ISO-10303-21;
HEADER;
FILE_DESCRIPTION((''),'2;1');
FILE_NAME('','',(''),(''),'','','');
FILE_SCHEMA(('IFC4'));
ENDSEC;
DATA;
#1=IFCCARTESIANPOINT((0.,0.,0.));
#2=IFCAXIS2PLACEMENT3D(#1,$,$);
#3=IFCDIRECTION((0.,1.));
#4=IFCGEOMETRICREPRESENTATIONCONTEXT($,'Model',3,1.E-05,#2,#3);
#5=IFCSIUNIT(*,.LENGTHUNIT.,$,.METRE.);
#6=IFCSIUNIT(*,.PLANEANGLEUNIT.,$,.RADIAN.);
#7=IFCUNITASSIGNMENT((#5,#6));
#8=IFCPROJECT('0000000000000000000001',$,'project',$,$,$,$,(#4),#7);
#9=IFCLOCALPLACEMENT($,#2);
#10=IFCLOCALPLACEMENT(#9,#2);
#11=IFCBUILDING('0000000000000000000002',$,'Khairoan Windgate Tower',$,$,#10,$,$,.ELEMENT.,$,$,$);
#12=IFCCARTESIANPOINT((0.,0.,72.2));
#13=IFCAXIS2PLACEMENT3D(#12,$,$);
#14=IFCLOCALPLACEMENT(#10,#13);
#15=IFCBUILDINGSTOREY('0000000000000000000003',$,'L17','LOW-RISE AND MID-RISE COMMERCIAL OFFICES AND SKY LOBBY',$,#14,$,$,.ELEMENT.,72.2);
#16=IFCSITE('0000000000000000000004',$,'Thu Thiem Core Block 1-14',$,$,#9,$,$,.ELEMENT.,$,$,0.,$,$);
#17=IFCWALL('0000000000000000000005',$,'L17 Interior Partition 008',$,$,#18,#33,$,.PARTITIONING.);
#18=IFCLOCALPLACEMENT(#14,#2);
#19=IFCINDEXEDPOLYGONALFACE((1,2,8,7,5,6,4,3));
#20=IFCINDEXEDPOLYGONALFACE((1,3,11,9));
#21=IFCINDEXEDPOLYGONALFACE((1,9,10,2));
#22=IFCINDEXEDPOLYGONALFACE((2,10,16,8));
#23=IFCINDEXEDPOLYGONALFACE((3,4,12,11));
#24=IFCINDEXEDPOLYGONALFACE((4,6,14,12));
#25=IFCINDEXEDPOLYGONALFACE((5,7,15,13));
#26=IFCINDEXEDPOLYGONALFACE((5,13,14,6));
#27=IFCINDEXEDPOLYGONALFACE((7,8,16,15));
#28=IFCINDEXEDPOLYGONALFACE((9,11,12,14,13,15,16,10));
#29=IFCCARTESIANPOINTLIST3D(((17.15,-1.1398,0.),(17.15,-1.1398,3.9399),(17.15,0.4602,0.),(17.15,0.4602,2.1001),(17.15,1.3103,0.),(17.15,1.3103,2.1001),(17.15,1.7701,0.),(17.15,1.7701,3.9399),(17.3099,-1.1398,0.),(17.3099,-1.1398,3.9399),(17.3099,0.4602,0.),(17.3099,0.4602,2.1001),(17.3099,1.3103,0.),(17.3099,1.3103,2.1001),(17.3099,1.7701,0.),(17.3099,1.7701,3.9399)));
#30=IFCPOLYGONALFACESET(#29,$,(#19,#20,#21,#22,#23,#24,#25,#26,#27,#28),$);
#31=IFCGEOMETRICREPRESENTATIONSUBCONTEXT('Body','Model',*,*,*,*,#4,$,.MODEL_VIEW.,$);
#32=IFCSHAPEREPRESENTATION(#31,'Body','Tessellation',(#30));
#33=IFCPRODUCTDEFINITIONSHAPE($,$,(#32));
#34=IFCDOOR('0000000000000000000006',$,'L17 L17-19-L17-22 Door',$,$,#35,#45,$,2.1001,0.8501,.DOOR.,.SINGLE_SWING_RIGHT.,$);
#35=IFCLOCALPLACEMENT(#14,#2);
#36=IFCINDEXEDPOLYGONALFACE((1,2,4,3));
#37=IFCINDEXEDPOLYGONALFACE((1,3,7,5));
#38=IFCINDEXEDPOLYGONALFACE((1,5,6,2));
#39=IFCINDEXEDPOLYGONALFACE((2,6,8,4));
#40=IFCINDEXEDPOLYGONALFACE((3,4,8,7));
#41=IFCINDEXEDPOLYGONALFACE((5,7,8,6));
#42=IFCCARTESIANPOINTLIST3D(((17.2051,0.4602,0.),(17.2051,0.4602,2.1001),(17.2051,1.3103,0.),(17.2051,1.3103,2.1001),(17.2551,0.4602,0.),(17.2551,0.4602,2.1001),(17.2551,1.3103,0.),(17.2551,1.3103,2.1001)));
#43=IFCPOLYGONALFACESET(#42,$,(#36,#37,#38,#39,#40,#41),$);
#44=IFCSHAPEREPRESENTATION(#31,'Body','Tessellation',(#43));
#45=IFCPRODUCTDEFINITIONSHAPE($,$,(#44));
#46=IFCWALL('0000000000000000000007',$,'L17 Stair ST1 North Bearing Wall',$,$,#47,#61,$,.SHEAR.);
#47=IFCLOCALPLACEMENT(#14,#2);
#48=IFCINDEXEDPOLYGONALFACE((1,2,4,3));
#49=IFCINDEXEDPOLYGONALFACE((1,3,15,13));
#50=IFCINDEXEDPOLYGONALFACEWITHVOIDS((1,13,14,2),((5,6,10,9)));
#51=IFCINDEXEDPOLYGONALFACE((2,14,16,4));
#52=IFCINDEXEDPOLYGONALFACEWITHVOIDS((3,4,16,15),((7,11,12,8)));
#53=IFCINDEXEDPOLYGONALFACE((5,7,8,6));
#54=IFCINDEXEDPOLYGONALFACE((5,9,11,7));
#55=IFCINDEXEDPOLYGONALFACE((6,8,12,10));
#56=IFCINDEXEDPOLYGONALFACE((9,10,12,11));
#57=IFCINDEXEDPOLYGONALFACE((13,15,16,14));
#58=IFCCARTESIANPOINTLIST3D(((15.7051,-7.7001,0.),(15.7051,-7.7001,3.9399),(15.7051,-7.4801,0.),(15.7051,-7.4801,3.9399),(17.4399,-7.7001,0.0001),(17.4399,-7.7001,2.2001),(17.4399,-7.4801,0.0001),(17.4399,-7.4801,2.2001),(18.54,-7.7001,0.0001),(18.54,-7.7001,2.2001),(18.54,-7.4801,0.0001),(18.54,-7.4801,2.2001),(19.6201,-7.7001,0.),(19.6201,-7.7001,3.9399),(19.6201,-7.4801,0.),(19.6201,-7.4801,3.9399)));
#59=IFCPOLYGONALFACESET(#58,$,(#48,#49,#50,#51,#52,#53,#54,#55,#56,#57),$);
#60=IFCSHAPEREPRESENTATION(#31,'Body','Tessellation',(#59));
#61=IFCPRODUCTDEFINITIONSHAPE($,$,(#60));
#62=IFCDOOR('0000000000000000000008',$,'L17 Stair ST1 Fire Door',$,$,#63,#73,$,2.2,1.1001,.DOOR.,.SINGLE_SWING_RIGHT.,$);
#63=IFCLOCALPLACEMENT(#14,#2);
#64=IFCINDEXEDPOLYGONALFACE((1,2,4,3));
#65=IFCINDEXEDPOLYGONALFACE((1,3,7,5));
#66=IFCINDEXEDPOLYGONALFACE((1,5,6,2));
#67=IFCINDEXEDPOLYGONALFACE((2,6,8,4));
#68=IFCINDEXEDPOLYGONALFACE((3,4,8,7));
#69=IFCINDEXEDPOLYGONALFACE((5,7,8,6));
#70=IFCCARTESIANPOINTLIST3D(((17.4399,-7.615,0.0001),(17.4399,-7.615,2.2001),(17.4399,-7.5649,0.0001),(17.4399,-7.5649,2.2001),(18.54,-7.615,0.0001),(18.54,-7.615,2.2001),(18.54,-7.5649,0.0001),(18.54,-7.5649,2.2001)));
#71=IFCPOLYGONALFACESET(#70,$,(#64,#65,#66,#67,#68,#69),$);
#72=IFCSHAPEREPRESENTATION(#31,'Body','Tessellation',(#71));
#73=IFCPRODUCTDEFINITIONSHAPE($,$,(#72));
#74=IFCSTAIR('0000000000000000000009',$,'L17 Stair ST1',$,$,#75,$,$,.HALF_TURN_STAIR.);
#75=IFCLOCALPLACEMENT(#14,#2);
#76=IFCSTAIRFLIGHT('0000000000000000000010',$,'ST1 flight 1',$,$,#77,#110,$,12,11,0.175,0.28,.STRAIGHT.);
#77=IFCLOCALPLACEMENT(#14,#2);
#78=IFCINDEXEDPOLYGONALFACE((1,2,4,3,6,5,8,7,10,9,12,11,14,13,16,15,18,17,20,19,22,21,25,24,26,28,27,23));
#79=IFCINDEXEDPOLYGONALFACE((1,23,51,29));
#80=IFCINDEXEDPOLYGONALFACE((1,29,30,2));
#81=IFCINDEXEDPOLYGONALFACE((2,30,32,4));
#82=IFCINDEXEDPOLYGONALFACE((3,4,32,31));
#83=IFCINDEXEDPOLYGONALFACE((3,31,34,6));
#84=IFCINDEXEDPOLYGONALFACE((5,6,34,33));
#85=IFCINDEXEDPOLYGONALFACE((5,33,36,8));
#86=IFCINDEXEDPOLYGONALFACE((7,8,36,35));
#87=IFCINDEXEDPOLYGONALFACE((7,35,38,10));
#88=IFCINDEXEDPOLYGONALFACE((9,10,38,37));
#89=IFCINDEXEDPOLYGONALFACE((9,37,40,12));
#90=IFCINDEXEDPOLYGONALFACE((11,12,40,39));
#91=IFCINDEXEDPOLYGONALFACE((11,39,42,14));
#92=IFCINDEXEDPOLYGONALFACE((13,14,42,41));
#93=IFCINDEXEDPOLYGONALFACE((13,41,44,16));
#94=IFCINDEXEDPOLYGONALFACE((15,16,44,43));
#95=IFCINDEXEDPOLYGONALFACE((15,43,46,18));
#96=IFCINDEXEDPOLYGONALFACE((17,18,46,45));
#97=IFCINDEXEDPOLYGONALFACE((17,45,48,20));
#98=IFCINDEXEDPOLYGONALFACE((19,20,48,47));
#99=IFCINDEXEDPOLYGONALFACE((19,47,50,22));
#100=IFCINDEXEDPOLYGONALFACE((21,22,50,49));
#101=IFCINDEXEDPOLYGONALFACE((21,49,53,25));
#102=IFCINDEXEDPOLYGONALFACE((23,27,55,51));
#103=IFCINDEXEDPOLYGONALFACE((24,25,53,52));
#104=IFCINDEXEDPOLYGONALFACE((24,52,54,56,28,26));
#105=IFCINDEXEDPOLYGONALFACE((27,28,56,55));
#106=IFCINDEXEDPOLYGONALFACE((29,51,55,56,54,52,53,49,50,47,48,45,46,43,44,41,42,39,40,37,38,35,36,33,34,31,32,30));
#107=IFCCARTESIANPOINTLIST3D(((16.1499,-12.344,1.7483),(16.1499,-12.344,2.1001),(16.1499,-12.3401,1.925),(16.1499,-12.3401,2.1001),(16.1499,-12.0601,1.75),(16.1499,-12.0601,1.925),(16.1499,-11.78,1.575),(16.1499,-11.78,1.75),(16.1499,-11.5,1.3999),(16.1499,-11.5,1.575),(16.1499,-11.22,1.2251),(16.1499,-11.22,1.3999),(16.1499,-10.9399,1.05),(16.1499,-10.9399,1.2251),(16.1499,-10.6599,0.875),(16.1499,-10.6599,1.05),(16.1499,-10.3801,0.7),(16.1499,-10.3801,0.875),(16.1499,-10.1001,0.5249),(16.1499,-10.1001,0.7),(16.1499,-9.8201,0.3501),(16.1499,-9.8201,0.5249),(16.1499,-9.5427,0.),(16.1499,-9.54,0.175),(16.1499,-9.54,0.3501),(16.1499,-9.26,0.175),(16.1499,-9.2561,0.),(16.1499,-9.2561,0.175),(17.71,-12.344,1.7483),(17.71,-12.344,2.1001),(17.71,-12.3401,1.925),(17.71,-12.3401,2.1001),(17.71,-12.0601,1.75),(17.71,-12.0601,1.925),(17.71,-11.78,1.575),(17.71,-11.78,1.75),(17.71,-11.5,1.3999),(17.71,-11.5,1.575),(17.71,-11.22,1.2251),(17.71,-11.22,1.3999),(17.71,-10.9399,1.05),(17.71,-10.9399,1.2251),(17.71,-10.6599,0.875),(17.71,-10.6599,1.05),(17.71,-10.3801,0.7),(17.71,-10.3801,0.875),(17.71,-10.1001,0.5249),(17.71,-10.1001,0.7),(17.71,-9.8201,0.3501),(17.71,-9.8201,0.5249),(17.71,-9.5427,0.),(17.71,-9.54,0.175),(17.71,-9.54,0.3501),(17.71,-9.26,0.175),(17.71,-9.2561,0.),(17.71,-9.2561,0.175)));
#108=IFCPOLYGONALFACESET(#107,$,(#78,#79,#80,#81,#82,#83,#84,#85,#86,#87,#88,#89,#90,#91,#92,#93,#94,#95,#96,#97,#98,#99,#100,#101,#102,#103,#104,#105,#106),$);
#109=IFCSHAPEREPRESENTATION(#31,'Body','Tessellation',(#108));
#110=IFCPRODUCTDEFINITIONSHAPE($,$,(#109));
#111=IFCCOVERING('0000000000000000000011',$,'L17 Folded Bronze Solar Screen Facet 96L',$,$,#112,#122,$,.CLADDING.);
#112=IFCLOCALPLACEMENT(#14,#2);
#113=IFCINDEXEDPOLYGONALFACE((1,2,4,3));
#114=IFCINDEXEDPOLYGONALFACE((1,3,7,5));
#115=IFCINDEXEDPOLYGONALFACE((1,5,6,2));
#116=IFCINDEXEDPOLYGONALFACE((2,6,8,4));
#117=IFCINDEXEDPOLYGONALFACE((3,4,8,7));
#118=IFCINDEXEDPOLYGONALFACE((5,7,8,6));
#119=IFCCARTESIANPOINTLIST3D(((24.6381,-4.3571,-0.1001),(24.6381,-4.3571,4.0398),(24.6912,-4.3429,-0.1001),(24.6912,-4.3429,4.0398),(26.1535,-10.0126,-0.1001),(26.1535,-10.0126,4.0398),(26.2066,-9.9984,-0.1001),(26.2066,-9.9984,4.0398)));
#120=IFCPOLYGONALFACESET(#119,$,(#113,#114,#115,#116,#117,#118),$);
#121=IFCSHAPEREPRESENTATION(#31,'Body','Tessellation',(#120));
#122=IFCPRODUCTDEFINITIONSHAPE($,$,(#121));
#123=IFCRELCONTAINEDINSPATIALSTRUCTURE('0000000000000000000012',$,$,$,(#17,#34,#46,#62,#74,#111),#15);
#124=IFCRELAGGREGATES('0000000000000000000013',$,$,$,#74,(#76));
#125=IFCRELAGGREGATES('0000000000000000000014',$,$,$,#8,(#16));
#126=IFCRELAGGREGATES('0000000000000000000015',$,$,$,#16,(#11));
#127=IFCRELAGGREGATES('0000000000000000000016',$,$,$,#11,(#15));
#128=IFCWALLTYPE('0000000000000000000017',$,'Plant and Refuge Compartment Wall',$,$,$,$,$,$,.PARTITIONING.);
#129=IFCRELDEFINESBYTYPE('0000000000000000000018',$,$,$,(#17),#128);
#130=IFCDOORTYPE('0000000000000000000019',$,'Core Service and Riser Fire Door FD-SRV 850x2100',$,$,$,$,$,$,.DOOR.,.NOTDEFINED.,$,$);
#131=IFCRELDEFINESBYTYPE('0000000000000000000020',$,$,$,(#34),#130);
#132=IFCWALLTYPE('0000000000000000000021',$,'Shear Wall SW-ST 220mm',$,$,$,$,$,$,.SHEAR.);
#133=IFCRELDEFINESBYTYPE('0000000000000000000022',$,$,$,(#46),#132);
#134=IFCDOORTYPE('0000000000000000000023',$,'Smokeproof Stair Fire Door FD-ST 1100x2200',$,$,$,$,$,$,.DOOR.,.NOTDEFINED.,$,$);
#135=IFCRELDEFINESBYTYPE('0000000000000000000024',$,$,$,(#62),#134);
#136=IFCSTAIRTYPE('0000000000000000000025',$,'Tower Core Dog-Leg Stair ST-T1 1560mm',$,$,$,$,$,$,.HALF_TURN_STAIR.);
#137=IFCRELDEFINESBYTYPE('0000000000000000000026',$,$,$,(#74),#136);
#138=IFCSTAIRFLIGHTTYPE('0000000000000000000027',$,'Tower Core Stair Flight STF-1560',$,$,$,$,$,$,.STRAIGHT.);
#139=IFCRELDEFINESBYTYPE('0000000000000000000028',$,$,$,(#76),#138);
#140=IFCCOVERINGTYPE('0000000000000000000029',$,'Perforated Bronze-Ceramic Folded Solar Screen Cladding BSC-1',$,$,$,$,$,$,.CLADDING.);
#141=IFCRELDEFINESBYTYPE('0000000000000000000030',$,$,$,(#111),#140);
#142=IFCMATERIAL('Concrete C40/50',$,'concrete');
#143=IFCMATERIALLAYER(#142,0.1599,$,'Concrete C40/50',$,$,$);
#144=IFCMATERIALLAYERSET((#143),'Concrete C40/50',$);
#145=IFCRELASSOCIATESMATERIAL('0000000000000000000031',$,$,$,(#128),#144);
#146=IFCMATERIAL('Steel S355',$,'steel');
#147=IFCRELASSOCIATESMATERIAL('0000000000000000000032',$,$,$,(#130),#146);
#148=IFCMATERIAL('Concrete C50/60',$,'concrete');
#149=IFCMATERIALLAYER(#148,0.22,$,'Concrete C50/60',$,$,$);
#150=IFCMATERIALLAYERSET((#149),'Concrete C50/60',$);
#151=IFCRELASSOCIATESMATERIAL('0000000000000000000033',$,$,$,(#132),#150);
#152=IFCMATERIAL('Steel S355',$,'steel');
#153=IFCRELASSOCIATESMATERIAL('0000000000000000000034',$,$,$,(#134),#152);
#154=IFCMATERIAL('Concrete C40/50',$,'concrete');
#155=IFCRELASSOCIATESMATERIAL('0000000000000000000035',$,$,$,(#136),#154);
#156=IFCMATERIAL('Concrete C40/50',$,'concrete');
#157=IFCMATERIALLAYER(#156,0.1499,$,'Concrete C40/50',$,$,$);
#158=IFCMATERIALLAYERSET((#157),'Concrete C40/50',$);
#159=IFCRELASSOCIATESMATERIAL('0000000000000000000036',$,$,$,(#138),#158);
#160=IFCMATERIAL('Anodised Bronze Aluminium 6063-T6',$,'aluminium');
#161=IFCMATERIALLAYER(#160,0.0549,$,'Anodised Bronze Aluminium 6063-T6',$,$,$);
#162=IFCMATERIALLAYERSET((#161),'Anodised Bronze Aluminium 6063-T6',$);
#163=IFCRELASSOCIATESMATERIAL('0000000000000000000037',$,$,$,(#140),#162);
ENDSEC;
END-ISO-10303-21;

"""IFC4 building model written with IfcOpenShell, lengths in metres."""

from ifc_helpers import new_model, si_unit, direction, frame, frame_2d, origin, origin_2d, place, context, subcontext, project, spatial, polyline, rectangle, outline, extrude, material, layer, layer_set, type_object, element, fill, aggregate, save


model = new_model("IFC4")

# Units and contexts
model_context = context("Model", 3, precision=1e-05, world=origin(), true_north=direction((0.0, 1.0)))
body_context = subcontext(model_context, "Body", "Model", "MODEL_VIEW")
ifc_project = project(units=[si_unit("LENGTHUNIT", "METRE"), si_unit("PLANEANGLEUNIT", "RADIAN")], contexts=[model_context])

# Site, building, storey
site_placement = place(None, origin())
site = spatial("IfcSite", under=ifc_project, at=site_placement, Name="Thu Thiem Core Block 1-14", CompositionType="ELEMENT", RefElevation=0.0)
building_placement = place(site_placement, origin())
building = spatial("IfcBuilding", under=site, at=building_placement, Name="Khairoan Windgate Tower", CompositionType="ELEMENT")
storey_placement = place(building_placement, frame((0.0, 0.0, 72.2)))
storey = spatial("IfcBuildingStorey", under=building, at=storey_placement, Name="L17", Description="LOW-RISE AND MID-RISE COMMERCIAL OFFICES AND SKY LOBBY", CompositionType="ELEMENT", Elevation=72.2)

# Walls, openings, doors
ifc_material_1 = material(Name="Concrete C40/50", Category="concrete")
ifc_layer_1 = layer(ifc_material_1, 0.1599, Name="Concrete C40/50")
ifc_layer_set_1 = layer_set([ifc_layer_1], Name="Concrete C40/50")
wall_type_1 = type_object("IfcWallType", Name="Plant and Refuge Compartment Wall", PredefinedType="PARTITIONING", material=ifc_layer_set_1)
wall_1_placement = place(storey_placement, frame((17.23, -1.1399, 0.0), z_axis=(0.0, 0.0, 1.0), x_axis=(0.0, 1.0, 0.0)))
wall_1 = element("IfcWall", 1, at=wall_1_placement, inside=storey, type_object=wall_type_1, Name="L17 Interior Partition 008", PredefinedType="PARTITIONING", context=body_context, shape_type="SweptSolid", body=[
    extrude(rectangle(XDim=2.9099, YDim=0.1599, at=frame_2d((1.4551, 0.0))), origin(), (0.0, 0.0, 1.0), 3.9399),
])
opening_1_placement = place(wall_1_placement, frame((1.6001, 0.0, 0.0)))
opening_1 = element("IfcOpeningElement", 2, at=opening_1_placement, cuts=wall_1, PredefinedType="OPENING", context=body_context, shape_type="SweptSolid", body=[
    extrude(rectangle(XDim=0.8501, YDim=2.1001, at=frame_2d((0.425, 1.05))), frame((0.0, 0.0898, 0.0), z_axis=(0.0, -1.0, 0.0), x_axis=(1.0, 0.0, 0.0)), (0.0, 0.0, 1.0), 0.1799),
])
ifc_material_2 = material(Name="Steel S355", Category="steel")
door_type_1 = type_object("IfcDoorType", Name="Core Service and Riser Fire Door FD-SRV 850x2100", OperationType="NOTDEFINED", PredefinedType="DOOR", material=ifc_material_2)
door_1_placement = place(opening_1_placement, origin())
door_1 = element("IfcDoor", 3, at=door_1_placement, inside=storey, type_object=door_type_1, Name="L17 L17-19-L17-22 Door", OperationType="SINGLE_SWING_RIGHT", OverallHeight=2.1001, OverallWidth=0.8501, PredefinedType="DOOR", context=body_context, shape_type="SweptSolid", body=[
    extrude(rectangle(XDim=0.8501, YDim=2.1001, at=frame_2d((0.425, 1.05))), frame((0.0, 0.0249, 0.0), z_axis=(0.0, -1.0, 0.0), x_axis=(1.0, 0.0, 0.0)), (0.0, 0.0, 1.0), 0.05),
])
fill(opening_1, door_1)
ifc_material_3 = material(Name="Concrete C50/60", Category="concrete")
ifc_layer_2 = layer(ifc_material_3, 0.22, Name="Concrete C50/60")
ifc_layer_set_2 = layer_set([ifc_layer_2], Name="Concrete C50/60")
wall_type_2 = type_object("IfcWallType", Name="Shear Wall SW-ST 220mm", PredefinedType="SHEAR", material=ifc_layer_set_2)
wall_2_placement = place(storey_placement, frame((19.6201, -7.5901, 0.0), z_axis=(0.0, 0.0, 1.0), x_axis=(-1.0, 0.0, 0.0)))
wall_2 = element("IfcWall", 4, at=wall_2_placement, inside=storey, type_object=wall_type_2, Name="L17 Stair ST1 North Bearing Wall", PredefinedType="SHEAR", context=body_context, shape_type="SweptSolid", body=[
    extrude(rectangle(XDim=3.915, YDim=0.22, at=frame_2d((1.9575, 0.0))), origin(), (0.0, 0.0, 1.0), 3.9399),
])
opening_2_placement = place(wall_2_placement, frame((1.0801, 0.0, 0.0)))
opening_2 = element("IfcOpeningElement", 5, at=opening_2_placement, cuts=wall_2, PredefinedType="OPENING", context=body_context, shape_type="SweptSolid", body=[
    extrude(rectangle(XDim=1.1001, YDim=2.2, at=frame_2d((0.55, 1.1001))), frame((0.0, 0.1199, 0.0), z_axis=(0.0, -1.0, 0.0), x_axis=(1.0, 0.0, 0.0)), (0.0, 0.0, 1.0), 0.24),
])
ifc_material_4 = material(Name="Steel S355", Category="steel")
door_type_2 = type_object("IfcDoorType", Name="Smokeproof Stair Fire Door FD-ST 1100x2200", OperationType="NOTDEFINED", PredefinedType="DOOR", material=ifc_material_4)
door_2_placement = place(opening_2_placement, origin())
door_2 = element("IfcDoor", 6, at=door_2_placement, inside=storey, type_object=door_type_2, Name="L17 Stair ST1 Fire Door", OperationType="SINGLE_SWING_RIGHT", OverallHeight=2.2, OverallWidth=1.1001, PredefinedType="DOOR", context=body_context, shape_type="SweptSolid", body=[
    extrude(rectangle(XDim=1.1001, YDim=2.2, at=frame_2d((0.55, 1.1001))), frame((0.0, 0.0249, 0.0), z_axis=(0.0, -1.0, 0.0), x_axis=(1.0, 0.0, 0.0)), (0.0, 0.0, 1.0), 0.05),
])
fill(opening_2, door_2)

# Stair, stair flight
ifc_material_5 = material(Name="Concrete C40/50", Category="concrete")
stair_type = type_object("IfcStairType", Name="Tower Core Dog-Leg Stair ST-T1 1560mm", PredefinedType="HALF_TURN_STAIR", material=ifc_material_5)
stair_placement = place(storey_placement, origin())
stair = element("IfcStair", 7, at=stair_placement, inside=storey, type_object=stair_type, Name="L17 Stair ST1", PredefinedType="HALF_TURN_STAIR")
ifc_material_6 = material(Name="Concrete C40/50", Category="concrete")
ifc_layer_3 = layer(ifc_material_6, 0.1499, Name="Concrete C40/50")
ifc_layer_set_3 = layer_set([ifc_layer_3], Name="Concrete C40/50")
stair_flight_type = type_object("IfcStairFlightType", Name="Tower Core Stair Flight STF-1560", PredefinedType="STRAIGHT", material=ifc_layer_set_3)
stair_flight_placement = place(storey_placement, frame((16.9299, -9.26, 0.0), z_axis=(0.0, 0.0, 1.0), x_axis=(0.0, -1.0, 0.0)))
stair_flight = element("IfcStairFlight", 8, at=stair_flight_placement, type_object=stair_flight_type, Name="ST1 flight 1", NumberOfRisers=12, NumberOfTreads=11, PredefinedType="STRAIGHT", RiserHeight=0.175, TreadLength=0.28, context=body_context, shape_type="SweptSolid", body=[
    extrude(outline(polyline([(-0.0039, 0.0), (-0.0039, 0.175), (0.0, 0.175), (0.28, 0.175), (0.28, 0.3501), (0.5601, 0.3501), (0.5601, 0.5249), (0.8401, 0.5249), (0.8401, 0.7), (1.1201, 0.7), (1.1201, 0.875), (1.3999, 0.875), (1.3999, 1.05), (1.6799, 1.05), (1.6799, 1.2251), (1.96, 1.2251), (1.96, 1.3999), (2.24, 1.3999), (2.24, 1.575), (2.52, 1.575), (2.52, 1.75), (2.8, 1.75), (2.8, 1.925), (3.0801, 1.925), (3.0801, 2.1001), (3.084, 2.1001), (3.084, 1.7483), (0.2827, 0.0), (-0.0039, 0.0)])), frame((0.0, 0.78, 0.0), z_axis=(0.0, -1.0, 0.0), x_axis=(1.0, 0.0, 0.0)), (0.0, 0.0, 1.0), 1.5601),
])
aggregate(stair, [stair_flight])

# Covering
ifc_material_7 = material(Name="Anodised Bronze Aluminium 6063-T6", Category="aluminium")
ifc_layer_4 = layer(ifc_material_7, 0.0549, Name="Anodised Bronze Aluminium 6063-T6")
ifc_layer_set_4 = layer_set([ifc_layer_4], Name="Anodised Bronze Aluminium 6063-T6")
covering_type = type_object("IfcCoveringType", Name="Perforated Bronze-Ceramic Folded Solar Screen Cladding BSC-1", PredefinedType="CLADDING", material=ifc_layer_set_4)
covering_placement = place(storey_placement, frame((25.4224, -7.1777, -0.1001), z_axis=(0.0, 0.0, 1.0), x_axis=(0.258819, -0.965926, 0.0)))
element("IfcCovering", 9, at=covering_placement, inside=storey, type_object=covering_type, Name="L17 Folded Bronze Solar Screen Facet 96L", PredefinedType="CLADDING", context=body_context, shape_type="SweptSolid", body=[
    extrude(rectangle(XDim=5.855, YDim=0.0549, at=origin_2d()), origin(), (0.0, 0.0, 1.0), 4.1399),
])

save(model, "model.ifc")
